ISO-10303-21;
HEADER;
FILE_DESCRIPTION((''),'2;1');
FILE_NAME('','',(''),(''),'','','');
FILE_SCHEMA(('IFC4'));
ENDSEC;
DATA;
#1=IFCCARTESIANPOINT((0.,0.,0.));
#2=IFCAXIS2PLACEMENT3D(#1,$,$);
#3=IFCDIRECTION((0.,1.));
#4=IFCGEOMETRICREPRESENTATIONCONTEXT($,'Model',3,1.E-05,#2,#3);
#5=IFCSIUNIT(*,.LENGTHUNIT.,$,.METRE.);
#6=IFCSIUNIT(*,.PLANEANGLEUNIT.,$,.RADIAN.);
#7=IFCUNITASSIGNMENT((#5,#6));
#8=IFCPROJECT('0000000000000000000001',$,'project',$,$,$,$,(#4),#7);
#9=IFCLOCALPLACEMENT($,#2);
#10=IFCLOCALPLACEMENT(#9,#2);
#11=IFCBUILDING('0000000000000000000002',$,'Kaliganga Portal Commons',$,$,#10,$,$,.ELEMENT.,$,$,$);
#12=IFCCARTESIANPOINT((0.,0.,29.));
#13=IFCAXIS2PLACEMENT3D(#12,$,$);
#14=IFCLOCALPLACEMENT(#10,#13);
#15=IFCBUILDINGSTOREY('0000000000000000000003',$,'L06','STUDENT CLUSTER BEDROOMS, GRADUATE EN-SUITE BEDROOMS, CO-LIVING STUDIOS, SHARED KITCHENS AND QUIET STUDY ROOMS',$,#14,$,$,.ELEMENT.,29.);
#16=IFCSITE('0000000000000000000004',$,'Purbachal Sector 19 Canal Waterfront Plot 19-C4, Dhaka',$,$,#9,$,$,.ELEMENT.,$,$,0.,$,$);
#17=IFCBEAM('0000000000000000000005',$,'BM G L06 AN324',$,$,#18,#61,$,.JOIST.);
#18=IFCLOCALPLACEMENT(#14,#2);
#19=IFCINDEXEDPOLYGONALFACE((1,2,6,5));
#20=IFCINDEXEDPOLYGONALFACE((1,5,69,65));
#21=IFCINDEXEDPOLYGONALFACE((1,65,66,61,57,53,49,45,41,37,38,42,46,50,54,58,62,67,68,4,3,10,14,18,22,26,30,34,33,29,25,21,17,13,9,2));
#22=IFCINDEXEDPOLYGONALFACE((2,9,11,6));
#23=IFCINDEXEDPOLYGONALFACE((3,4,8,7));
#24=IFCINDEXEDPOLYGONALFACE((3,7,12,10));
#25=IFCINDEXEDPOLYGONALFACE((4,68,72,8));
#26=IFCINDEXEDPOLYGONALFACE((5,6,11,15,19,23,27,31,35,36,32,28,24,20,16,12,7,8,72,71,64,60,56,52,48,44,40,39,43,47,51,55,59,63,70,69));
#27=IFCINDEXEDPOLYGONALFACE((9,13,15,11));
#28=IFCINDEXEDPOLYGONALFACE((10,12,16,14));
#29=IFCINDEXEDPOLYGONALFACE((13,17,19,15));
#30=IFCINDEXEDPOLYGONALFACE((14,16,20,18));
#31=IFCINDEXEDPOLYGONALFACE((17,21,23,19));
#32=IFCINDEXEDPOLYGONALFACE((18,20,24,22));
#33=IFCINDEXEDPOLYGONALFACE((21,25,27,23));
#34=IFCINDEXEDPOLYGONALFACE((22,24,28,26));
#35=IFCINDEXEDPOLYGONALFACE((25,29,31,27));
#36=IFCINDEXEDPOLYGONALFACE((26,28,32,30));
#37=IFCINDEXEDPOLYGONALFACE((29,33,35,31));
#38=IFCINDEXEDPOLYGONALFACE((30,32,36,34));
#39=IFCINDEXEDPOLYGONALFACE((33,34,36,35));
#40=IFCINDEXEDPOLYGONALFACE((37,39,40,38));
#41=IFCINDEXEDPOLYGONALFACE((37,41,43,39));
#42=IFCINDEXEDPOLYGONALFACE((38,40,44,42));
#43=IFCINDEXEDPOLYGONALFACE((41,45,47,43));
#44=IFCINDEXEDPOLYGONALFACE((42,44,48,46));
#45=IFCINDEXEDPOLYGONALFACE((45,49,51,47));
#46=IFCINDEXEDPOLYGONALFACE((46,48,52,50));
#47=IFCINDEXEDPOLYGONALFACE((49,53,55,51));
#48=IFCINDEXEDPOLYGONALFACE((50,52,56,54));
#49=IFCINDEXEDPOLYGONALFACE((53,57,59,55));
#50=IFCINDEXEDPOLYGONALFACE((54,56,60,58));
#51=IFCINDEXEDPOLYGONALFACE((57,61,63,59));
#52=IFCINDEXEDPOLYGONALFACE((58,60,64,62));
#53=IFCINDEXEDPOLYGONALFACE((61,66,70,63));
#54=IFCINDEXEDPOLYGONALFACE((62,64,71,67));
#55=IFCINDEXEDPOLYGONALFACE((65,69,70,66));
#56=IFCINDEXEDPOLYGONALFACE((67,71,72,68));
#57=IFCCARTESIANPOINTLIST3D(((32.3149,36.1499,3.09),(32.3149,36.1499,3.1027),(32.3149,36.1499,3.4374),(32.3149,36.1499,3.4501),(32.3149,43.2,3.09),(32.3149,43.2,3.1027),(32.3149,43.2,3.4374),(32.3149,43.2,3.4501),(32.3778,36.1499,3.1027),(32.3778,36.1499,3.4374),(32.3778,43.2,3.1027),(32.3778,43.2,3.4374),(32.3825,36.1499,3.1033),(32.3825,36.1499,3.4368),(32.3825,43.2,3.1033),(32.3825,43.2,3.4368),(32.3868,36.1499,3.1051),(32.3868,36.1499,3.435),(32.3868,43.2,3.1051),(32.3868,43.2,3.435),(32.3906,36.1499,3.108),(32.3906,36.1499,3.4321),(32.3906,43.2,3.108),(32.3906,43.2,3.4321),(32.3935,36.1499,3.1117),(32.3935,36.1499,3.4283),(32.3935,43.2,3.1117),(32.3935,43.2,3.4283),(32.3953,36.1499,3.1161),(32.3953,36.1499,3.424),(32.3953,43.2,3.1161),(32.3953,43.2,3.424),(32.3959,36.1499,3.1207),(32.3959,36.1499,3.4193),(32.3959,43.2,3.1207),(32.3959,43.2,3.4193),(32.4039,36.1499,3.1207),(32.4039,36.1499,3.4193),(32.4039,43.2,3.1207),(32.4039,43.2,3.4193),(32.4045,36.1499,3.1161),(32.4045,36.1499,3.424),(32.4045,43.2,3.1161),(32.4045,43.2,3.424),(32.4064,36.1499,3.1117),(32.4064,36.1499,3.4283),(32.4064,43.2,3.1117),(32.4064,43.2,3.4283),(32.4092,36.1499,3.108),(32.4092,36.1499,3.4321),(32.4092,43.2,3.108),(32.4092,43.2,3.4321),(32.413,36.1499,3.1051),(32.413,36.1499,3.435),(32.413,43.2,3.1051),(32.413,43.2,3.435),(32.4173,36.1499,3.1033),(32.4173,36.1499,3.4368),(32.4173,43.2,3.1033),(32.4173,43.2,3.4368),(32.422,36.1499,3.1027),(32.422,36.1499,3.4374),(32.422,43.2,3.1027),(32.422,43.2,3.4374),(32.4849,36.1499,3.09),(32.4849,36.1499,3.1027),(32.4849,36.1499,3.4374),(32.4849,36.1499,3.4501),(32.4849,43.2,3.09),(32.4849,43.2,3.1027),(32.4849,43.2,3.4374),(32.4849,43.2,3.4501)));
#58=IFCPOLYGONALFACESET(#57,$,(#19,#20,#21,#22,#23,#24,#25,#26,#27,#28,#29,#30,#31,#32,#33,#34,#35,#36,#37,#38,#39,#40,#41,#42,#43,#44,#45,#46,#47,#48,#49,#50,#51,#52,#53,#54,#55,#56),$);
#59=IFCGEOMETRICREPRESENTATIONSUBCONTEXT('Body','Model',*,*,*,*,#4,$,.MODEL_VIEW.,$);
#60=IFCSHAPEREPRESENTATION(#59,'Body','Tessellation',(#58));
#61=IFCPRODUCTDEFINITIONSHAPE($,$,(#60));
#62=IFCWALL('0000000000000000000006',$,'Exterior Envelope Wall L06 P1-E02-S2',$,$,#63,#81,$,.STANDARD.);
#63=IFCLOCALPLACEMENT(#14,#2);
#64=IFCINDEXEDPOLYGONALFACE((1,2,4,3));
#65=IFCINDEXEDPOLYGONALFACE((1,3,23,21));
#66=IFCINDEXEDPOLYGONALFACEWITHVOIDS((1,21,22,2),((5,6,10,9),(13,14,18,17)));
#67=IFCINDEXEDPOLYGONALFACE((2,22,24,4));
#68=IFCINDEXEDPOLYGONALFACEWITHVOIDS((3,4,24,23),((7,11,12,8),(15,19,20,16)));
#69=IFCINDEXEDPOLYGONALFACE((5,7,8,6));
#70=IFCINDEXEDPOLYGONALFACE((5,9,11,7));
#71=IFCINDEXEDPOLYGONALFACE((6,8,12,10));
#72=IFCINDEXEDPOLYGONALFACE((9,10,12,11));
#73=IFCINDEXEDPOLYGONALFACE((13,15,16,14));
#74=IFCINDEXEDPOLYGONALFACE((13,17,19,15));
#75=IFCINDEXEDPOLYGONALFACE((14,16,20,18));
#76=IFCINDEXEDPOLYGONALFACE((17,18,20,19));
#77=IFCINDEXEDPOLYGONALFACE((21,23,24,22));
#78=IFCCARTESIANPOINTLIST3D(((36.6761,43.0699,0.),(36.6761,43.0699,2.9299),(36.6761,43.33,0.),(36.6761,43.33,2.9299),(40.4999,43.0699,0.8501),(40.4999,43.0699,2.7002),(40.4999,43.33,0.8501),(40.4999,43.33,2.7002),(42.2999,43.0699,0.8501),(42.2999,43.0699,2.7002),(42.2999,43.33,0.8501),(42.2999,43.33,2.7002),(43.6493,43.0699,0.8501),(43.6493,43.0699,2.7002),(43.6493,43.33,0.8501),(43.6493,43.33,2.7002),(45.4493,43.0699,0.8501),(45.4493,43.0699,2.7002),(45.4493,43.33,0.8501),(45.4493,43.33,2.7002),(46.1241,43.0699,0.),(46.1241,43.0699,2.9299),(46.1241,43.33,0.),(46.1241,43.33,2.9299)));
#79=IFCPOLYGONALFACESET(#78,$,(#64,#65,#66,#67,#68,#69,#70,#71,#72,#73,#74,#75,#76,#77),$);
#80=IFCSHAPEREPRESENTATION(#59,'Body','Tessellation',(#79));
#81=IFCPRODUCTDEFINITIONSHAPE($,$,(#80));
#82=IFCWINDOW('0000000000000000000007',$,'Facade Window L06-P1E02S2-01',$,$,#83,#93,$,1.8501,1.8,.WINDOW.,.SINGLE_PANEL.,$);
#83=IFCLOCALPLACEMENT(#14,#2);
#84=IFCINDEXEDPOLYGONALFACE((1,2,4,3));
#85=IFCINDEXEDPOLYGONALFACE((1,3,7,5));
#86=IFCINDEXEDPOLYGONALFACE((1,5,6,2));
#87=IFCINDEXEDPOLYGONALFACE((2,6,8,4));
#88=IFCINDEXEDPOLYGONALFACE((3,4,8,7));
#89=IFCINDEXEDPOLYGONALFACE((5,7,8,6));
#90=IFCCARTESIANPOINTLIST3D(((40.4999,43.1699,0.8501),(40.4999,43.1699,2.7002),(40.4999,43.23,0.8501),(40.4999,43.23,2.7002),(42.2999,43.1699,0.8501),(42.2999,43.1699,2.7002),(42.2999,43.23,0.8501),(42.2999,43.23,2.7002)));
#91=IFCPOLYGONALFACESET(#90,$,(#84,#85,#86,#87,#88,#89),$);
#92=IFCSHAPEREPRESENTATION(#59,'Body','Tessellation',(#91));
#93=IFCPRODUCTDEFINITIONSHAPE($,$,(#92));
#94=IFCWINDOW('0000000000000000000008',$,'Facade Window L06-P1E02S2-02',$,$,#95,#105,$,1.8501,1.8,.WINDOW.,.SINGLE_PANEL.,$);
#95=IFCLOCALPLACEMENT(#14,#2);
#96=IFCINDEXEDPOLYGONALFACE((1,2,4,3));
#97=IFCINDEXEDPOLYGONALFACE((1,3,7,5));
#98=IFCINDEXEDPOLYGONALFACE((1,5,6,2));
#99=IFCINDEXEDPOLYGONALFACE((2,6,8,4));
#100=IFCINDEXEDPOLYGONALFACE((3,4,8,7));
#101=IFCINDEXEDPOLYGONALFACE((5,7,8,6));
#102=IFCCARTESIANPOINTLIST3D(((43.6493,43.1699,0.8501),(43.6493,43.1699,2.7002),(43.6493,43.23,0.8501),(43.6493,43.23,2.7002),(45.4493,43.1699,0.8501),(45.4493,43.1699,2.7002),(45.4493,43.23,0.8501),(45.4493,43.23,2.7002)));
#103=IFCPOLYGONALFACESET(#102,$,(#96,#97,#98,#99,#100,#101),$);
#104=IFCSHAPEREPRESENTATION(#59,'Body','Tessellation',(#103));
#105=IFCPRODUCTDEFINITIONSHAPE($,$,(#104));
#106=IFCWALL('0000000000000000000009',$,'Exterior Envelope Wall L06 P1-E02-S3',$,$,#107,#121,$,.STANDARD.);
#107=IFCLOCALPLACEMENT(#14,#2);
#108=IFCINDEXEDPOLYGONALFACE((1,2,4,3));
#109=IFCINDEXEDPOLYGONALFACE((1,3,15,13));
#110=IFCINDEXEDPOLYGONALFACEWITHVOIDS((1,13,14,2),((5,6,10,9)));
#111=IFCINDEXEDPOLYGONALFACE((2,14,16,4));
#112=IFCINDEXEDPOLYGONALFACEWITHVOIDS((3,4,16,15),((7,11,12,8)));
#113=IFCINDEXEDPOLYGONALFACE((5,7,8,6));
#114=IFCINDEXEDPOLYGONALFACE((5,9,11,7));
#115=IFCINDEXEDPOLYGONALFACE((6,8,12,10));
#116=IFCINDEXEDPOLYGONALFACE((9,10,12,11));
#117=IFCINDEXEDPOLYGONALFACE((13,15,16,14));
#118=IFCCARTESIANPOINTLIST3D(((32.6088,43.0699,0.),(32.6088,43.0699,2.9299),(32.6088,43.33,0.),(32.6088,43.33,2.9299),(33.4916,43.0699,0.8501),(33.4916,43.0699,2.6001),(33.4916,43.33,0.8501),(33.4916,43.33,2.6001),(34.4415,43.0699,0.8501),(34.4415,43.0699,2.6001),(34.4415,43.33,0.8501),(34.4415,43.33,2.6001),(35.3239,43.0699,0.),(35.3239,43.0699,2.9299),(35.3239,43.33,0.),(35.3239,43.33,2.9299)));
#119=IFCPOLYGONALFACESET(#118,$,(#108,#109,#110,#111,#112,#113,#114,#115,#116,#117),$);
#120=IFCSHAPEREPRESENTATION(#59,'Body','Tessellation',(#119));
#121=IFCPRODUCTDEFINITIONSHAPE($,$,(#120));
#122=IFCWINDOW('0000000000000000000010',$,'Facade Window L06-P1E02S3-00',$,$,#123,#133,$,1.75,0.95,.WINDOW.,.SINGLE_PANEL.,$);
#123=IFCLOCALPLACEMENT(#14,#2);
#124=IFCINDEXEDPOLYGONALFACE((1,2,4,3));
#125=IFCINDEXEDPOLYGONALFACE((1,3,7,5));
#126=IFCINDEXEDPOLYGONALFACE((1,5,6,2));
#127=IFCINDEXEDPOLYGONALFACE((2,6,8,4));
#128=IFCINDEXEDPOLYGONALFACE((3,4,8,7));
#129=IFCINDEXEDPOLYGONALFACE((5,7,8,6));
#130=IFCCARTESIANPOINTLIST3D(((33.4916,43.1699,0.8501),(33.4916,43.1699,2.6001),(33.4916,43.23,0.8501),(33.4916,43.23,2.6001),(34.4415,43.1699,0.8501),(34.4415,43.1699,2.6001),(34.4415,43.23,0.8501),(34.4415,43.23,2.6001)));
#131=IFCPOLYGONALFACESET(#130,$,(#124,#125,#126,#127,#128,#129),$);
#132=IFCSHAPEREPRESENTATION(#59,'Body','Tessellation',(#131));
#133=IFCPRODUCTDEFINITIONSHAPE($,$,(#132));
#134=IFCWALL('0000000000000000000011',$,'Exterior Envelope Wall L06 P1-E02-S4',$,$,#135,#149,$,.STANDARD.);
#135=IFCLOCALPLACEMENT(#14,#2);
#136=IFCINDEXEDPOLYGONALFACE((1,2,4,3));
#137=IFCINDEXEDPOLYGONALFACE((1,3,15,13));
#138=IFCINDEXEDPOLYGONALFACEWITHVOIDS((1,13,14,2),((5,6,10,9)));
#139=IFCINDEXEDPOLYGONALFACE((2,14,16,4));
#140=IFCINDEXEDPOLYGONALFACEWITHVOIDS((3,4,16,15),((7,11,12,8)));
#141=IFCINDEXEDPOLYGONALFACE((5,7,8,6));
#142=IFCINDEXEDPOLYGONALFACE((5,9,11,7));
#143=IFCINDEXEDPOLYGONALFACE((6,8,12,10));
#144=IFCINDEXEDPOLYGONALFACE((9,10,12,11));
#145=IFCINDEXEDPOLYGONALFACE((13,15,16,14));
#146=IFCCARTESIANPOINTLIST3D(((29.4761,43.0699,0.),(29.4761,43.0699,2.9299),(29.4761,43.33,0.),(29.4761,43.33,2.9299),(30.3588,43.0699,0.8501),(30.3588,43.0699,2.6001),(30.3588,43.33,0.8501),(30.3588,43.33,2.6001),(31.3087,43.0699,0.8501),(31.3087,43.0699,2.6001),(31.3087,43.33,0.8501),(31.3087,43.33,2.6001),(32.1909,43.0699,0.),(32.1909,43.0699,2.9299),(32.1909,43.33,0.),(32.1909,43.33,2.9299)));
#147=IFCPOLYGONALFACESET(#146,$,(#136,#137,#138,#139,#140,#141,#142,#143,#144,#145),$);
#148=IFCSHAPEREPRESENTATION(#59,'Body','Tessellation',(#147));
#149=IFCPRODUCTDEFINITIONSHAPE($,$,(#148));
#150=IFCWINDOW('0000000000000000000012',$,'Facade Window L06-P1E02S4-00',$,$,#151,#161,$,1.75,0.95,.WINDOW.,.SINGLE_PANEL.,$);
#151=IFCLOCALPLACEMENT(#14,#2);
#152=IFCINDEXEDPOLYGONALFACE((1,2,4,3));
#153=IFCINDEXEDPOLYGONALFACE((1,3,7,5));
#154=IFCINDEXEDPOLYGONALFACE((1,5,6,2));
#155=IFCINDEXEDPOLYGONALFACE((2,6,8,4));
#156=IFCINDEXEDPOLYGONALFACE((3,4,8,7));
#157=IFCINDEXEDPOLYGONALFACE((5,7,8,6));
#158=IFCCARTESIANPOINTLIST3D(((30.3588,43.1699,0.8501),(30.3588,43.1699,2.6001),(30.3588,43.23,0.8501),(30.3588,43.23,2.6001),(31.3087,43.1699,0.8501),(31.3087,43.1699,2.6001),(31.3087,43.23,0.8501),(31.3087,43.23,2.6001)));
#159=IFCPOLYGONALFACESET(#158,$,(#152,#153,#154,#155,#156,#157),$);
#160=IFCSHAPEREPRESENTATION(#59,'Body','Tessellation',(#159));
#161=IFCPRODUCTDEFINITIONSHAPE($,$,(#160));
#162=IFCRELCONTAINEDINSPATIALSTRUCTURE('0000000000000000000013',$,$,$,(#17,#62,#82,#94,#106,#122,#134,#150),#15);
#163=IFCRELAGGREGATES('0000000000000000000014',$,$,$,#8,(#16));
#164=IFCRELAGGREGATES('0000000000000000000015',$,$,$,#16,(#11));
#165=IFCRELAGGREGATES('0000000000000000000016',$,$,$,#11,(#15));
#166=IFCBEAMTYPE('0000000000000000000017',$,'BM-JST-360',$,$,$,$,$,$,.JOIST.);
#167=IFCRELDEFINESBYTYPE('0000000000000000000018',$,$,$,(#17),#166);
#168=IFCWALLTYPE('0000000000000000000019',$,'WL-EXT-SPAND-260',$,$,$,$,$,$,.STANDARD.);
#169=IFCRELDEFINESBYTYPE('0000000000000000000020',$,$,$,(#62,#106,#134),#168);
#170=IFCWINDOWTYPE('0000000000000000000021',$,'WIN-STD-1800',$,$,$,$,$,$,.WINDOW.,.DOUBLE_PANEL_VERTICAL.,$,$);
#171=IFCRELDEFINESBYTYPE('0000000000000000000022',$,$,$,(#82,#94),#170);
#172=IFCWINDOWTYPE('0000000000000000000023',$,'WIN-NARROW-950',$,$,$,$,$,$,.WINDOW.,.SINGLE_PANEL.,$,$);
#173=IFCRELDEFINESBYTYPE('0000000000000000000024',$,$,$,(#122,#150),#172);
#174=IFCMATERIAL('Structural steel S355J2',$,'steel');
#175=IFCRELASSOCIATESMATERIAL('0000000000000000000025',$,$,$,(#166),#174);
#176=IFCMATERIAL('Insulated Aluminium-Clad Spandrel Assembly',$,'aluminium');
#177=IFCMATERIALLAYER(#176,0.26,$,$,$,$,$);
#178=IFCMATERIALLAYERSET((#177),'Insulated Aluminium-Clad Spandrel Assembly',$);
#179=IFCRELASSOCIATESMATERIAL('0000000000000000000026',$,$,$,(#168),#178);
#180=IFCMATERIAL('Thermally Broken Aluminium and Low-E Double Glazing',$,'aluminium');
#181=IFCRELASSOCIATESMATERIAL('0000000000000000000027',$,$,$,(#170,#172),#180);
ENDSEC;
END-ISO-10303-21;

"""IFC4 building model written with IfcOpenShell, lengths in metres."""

from ifc_helpers import new_model, si_unit, direction, frame, frame_2d, origin, origin_2d, place, context, subcontext, project, spatial, rectangle, i_section, extrude, source, transform, mapped, material, layer, layer_set, material_profile, profile_set, type_object, element, fill, save


model = new_model("IFC4")

# Units and contexts
model_context = context("Model", 3, precision=1e-05, world=origin(), true_north=direction((0.0, 1.0)))
body_context = subcontext(model_context, "Body", "Model", "MODEL_VIEW")
ifc_project = project(units=[si_unit("LENGTHUNIT", "METRE"), si_unit("PLANEANGLEUNIT", "RADIAN")], contexts=[model_context])

# Site, building, storey
site_placement = place(None, origin())
site = spatial("IfcSite", under=ifc_project, at=site_placement, Name="Purbachal Sector 19 Canal Waterfront Plot 19-C4, Dhaka", CompositionType="ELEMENT", RefElevation=0.0)
building_placement = place(site_placement, origin())
building = spatial("IfcBuilding", under=site, at=building_placement, Name="Kaliganga Portal Commons", CompositionType="ELEMENT")
storey_placement = place(building_placement, frame((0.0, 0.0, 29.0)))
storey = spatial("IfcBuildingStorey", under=building, at=storey_placement, Name="L06", Description="STUDENT CLUSTER BEDROOMS, GRADUATE EN-SUITE BEDROOMS, CO-LIVING STUDIOS, SHARED KITCHENS AND QUIET STUDY ROOMS", CompositionType="ELEMENT", Elevation=29.0)

# Beam
ifc_material_1 = material(Name="Structural steel S355J2", Category="steel")
ifc_material_profile_1 = material_profile(ifc_material_1, i_section(OverallWidth=0.1699, OverallDepth=0.3601, WebThickness=0.0081, FlangeThickness=0.0127, FilletRadius=0.0181, at=origin_2d()), Name="IPE 360")
ifc_profile_set_1 = profile_set([ifc_material_profile_1], Name="Structural steel S355J2 wide-flange")
beam_type_1 = type_object("IfcBeamType", Name="BM-JST-360", PredefinedType="JOIST", material=ifc_profile_set_1)
shared_shape_1 = source(origin(), body_context, "Body", "SweptSolid", [
    extrude(i_section(OverallWidth=0.1699, OverallDepth=0.3601, WebThickness=0.0081, FlangeThickness=0.0127, FilletRadius=0.0181, at=origin_2d()), origin(), (0.0, 0.0, 1.0), 7.05),
])
beam_1_placement = place(storey_placement, frame((32.3999, 36.1499, 3.27), z_axis=(0.0, 1.0, 0.0), x_axis=(-1.0, 0.0, 0.0)))
element("IfcBeam", 1, at=beam_1_placement, inside=storey, type_object=beam_type_1, Name="BM G L06 AN324", PredefinedType="JOIST", context=body_context, shape_type="MappedRepresentation", body=[
    mapped(shared_shape_1, transform((0.0, 0.0, 0.0), x_axis=(1.0, 0.0, 0.0), y_axis=(0.0, 1.0, 0.0), z_axis=(0.0, 0.0, 1.0), scale=1.0)),
])

# Wall, openings, windows
ifc_material_2 = material(Name="Insulated Aluminium-Clad Spandrel Assembly", Category="aluminium")
ifc_layer_1 = layer(ifc_material_2, 0.26)
ifc_layer_set_1 = layer_set([ifc_layer_1], Name="Insulated Aluminium-Clad Spandrel Assembly")
wall_type_1 = type_object("IfcWallType", Name="WL-EXT-SPAND-260", PredefinedType="STANDARD", material=ifc_layer_set_1)
wall_1_placement = place(storey_placement, frame((36.676, 43.2, 0.0), z_axis=(0.0, 0.0, 1.0), x_axis=(1.0, 0.0, 0.0)))
wall_1 = element("IfcWall", 2, at=wall_1_placement, inside=storey, type_object=wall_type_1, Name="Exterior Envelope Wall L06 P1-E02-S2", PredefinedType="STANDARD", context=body_context, shape_type="SweptSolid", body=[
    extrude(rectangle(XDim=9.448, YDim=0.26, at=frame_2d((4.7241, 0.0))), origin(), (0.0, 0.0, 1.0), 2.9299),
])
opening_1_placement = place(wall_1_placement, frame((3.824, 0.0, 0.8501)))
opening_1 = element("IfcOpeningElement", 3, at=opening_1_placement, cuts=wall_1, PredefinedType="OPENING", context=body_context, shape_type="SweptSolid", body=[
    extrude(rectangle(XDim=1.8, YDim=1.8501, at=frame_2d((0.8999, 0.925))), frame((0.0, 0.1401, 0.0), z_axis=(0.0, -1.0, 0.0), x_axis=(1.0, 0.0, 0.0)), (0.0, 0.0, 1.0), 0.28),
])
opening_2_placement = place(wall_1_placement, frame((6.9734, 0.0, 0.8501)))
opening_2 = element("IfcOpeningElement", 4, at=opening_2_placement, cuts=wall_1, PredefinedType="OPENING", context=body_context, shape_type="SweptSolid", body=[
    extrude(rectangle(XDim=1.8, YDim=1.8501, at=frame_2d((0.8999, 0.925))), frame((0.0, 0.1401, 0.0), z_axis=(0.0, -1.0, 0.0), x_axis=(1.0, 0.0, 0.0)), (0.0, 0.0, 1.0), 0.28),
])
ifc_material_3 = material(Name="Thermally Broken Aluminium and Low-E Double Glazing", Category="aluminium")
window_type_1 = type_object("IfcWindowType", Name="WIN-STD-1800", PartitioningType="DOUBLE_PANEL_VERTICAL", PredefinedType="WINDOW", material=ifc_material_3)
window_1_placement = place(opening_1_placement, origin())
window_1 = element("IfcWindow", 5, at=window_1_placement, inside=storey, type_object=window_type_1, Name="Facade Window L06-P1E02S2-01", OverallHeight=1.8501, OverallWidth=1.8, PartitioningType="SINGLE_PANEL", PredefinedType="WINDOW", context=body_context, shape_type="SweptSolid", body=[
    extrude(rectangle(XDim=1.8, YDim=1.8501, at=frame_2d((0.8999, 0.925))), frame((0.0, 0.03, 0.0), z_axis=(0.0, -1.0, 0.0), x_axis=(1.0, 0.0, 0.0)), (0.0, 0.0, 1.0), 0.0601),
])
fill(opening_1, window_1)
window_2_placement = place(opening_2_placement, origin())
window_2 = element("IfcWindow", 6, at=window_2_placement, inside=storey, type_object=window_type_1, Name="Facade Window L06-P1E02S2-02", OverallHeight=1.8501, OverallWidth=1.8, PartitioningType="SINGLE_PANEL", PredefinedType="WINDOW", context=body_context, shape_type="SweptSolid", body=[
    extrude(rectangle(XDim=1.8, YDim=1.8501, at=frame_2d((0.8999, 0.925))), frame((0.0, 0.03, 0.0), z_axis=(0.0, -1.0, 0.0), x_axis=(1.0, 0.0, 0.0)), (0.0, 0.0, 1.0), 0.0601),
])
fill(opening_2, window_2)

# Walls, openings, windows
wall_2_placement = place(storey_placement, frame((32.6089, 43.2, 0.0), z_axis=(0.0, 0.0, 1.0), x_axis=(1.0, 0.0, 0.0)))
wall_2 = element("IfcWall", 7, at=wall_2_placement, inside=storey, type_object=wall_type_1, Name="Exterior Envelope Wall L06 P1-E02-S3", PredefinedType="STANDARD", context=body_context, shape_type="SweptSolid", body=[
    extrude(rectangle(XDim=2.7151, YDim=0.26, at=frame_2d((1.3574, 0.0))), origin(), (0.0, 0.0, 1.0), 2.9299),
])
opening_3_placement = place(wall_2_placement, frame((0.8826, 0.0, 0.8501)))
opening_3 = element("IfcOpeningElement", 8, at=opening_3_placement, cuts=wall_2, PredefinedType="OPENING", context=body_context, shape_type="SweptSolid", body=[
    extrude(rectangle(XDim=0.95, YDim=1.75, at=frame_2d((0.4751, 0.875))), frame((0.0, 0.1401, 0.0), z_axis=(0.0, -1.0, 0.0), x_axis=(1.0, 0.0, 0.0)), (0.0, 0.0, 1.0), 0.28),
])
window_type_2 = type_object("IfcWindowType", Name="WIN-NARROW-950", PartitioningType="SINGLE_PANEL", PredefinedType="WINDOW", material=ifc_material_3)
window_3_placement = place(opening_3_placement, origin())
window_3 = element("IfcWindow", 9, at=window_3_placement, inside=storey, type_object=window_type_2, Name="Facade Window L06-P1E02S3-00", OverallHeight=1.75, OverallWidth=0.95, PartitioningType="SINGLE_PANEL", PredefinedType="WINDOW", context=body_context, shape_type="SweptSolid", body=[
    extrude(rectangle(XDim=0.95, YDim=1.75, at=frame_2d((0.4751, 0.875))), frame((0.0, 0.03, 0.0), z_axis=(0.0, -1.0, 0.0), x_axis=(1.0, 0.0, 0.0)), (0.0, 0.0, 1.0), 0.0601),
])
fill(opening_3, window_3)
wall_3_placement = place(storey_placement, frame((29.4761, 43.2, 0.0), z_axis=(0.0, 0.0, 1.0), x_axis=(1.0, 0.0, 0.0)))
wall_3 = element("IfcWall", 10, at=wall_3_placement, inside=storey, type_object=wall_type_1, Name="Exterior Envelope Wall L06 P1-E02-S4", PredefinedType="STANDARD", context=body_context, shape_type="SweptSolid", body=[
    extrude(rectangle(XDim=2.7148, YDim=0.26, at=frame_2d((1.3574, 0.0))), origin(), (0.0, 0.0, 1.0), 2.9299),
])
opening_4_placement = place(wall_3_placement, frame((0.8826, 0.0, 0.8501)))
opening_4 = element("IfcOpeningElement", 11, at=opening_4_placement, cuts=wall_3, PredefinedType="OPENING", context=body_context, shape_type="SweptSolid", body=[
    extrude(rectangle(XDim=0.95, YDim=1.75, at=frame_2d((0.4751, 0.875))), frame((0.0, 0.1401, 0.0), z_axis=(0.0, -1.0, 0.0), x_axis=(1.0, 0.0, 0.0)), (0.0, 0.0, 1.0), 0.28),
])
window_4_placement = place(opening_4_placement, origin())
window_4 = element("IfcWindow", 12, at=window_4_placement, inside=storey, type_object=window_type_2, Name="Facade Window L06-P1E02S4-00", OverallHeight=1.75, OverallWidth=0.95, PartitioningType="SINGLE_PANEL", PredefinedType="WINDOW", context=body_context, shape_type="SweptSolid", body=[
    extrude(rectangle(XDim=0.95, YDim=1.75, at=frame_2d((0.4751, 0.875))), frame((0.0, 0.03, 0.0), z_axis=(0.0, -1.0, 0.0), x_axis=(1.0, 0.0, 0.0)), (0.0, 0.0, 1.0), 0.0601),
])
fill(opening_4, window_4)

save(model, "model.ifc")
